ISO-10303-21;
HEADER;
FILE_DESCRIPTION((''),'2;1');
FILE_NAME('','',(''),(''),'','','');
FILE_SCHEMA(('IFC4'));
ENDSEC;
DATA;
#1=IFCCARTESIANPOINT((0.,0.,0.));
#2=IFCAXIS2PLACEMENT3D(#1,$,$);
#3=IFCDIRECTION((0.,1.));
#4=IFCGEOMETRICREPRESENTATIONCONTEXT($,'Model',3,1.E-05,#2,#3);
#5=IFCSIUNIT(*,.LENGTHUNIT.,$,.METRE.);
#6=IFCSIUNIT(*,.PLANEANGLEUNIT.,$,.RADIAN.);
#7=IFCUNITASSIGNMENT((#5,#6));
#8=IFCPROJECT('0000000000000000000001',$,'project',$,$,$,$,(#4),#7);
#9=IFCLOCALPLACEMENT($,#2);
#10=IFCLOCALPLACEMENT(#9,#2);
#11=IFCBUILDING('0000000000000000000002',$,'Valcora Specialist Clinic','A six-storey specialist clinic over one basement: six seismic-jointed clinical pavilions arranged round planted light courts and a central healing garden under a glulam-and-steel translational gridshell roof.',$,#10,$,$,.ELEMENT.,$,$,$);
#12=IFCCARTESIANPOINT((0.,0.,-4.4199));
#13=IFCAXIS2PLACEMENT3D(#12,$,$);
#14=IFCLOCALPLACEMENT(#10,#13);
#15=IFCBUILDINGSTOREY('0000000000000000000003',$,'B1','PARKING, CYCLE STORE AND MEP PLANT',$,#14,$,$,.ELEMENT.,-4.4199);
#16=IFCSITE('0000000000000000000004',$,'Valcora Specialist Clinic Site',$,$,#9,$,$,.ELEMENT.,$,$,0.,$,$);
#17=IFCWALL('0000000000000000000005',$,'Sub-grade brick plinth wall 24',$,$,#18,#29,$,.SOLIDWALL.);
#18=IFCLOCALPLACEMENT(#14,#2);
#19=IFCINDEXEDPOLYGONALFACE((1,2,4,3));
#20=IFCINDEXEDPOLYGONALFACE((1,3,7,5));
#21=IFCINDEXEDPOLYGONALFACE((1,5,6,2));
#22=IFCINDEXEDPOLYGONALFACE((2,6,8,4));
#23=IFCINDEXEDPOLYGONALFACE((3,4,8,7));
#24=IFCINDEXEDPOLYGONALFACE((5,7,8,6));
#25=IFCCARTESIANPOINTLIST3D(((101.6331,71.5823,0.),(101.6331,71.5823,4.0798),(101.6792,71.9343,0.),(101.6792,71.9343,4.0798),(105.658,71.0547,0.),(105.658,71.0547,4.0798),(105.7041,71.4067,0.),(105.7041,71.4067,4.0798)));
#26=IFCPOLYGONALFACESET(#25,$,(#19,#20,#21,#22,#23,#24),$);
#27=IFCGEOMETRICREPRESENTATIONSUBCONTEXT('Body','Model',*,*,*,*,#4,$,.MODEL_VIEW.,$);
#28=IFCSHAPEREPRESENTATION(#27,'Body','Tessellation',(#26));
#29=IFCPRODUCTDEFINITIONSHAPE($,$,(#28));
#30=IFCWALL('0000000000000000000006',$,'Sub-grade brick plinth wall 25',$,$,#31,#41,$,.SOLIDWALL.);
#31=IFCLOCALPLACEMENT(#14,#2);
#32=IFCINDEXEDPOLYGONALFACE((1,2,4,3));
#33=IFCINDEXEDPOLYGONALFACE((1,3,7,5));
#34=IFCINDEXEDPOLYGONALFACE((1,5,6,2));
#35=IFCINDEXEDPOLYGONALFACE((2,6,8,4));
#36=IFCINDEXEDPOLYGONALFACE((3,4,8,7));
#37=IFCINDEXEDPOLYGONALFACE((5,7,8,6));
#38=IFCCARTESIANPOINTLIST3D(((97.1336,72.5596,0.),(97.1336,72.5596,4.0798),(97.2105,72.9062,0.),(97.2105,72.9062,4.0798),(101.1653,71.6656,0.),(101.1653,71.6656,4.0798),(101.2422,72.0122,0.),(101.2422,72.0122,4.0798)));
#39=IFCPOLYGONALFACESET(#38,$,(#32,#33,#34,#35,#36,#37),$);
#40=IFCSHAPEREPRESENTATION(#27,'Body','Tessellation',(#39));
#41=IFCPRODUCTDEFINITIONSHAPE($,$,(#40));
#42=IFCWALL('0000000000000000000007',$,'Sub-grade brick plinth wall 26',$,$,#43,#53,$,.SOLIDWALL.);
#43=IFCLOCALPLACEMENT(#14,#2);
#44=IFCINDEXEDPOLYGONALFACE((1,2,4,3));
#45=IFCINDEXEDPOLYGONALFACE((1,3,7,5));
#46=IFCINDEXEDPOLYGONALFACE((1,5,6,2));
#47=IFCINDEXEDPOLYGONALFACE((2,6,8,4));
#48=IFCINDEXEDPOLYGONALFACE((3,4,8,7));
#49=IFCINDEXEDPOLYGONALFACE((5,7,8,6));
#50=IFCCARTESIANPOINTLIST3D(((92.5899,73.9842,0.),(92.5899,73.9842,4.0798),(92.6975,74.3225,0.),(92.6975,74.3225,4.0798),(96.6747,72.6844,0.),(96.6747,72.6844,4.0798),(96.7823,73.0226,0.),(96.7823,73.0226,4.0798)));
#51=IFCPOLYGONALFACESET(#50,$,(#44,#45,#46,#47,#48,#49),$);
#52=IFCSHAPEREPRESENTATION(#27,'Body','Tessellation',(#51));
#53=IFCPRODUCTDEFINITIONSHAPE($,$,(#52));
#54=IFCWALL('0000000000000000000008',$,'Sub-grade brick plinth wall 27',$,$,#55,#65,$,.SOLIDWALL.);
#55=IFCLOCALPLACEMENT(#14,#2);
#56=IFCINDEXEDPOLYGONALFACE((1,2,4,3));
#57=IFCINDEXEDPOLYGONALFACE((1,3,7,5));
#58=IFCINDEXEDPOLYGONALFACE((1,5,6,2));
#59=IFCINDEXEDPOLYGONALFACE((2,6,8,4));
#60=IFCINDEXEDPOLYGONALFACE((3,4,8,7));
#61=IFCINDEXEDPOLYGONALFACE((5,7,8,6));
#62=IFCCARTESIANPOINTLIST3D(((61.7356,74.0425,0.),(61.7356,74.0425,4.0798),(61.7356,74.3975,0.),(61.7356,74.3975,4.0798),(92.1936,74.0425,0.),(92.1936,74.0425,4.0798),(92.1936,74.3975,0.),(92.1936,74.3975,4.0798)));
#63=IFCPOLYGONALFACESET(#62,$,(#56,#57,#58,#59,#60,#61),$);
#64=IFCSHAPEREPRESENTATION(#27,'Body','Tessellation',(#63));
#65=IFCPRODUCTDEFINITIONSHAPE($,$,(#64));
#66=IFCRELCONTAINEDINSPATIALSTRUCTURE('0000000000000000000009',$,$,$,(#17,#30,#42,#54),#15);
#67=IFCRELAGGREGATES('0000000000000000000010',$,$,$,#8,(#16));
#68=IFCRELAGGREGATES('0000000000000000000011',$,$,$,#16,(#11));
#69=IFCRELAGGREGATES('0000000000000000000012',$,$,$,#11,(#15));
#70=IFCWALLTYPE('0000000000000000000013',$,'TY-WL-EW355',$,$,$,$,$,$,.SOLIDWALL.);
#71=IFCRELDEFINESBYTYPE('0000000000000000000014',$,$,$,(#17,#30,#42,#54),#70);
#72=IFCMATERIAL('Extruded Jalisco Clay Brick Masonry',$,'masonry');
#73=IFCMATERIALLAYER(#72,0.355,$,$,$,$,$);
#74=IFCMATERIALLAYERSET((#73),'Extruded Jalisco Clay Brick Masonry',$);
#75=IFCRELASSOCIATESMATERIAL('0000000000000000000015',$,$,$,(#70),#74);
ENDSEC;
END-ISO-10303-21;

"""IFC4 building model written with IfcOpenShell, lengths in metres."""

from ifc_helpers import new_model, si_unit, direction, frame, frame_2d, origin, place, context, subcontext, project, spatial, rectangle, extrude, material, layer, layer_set, type_object, element, save


model = new_model("IFC4")

# Units and contexts
model_context = context("Model", 3, precision=1e-05, world=origin(), true_north=direction((0.0, 1.0)))
body_context = subcontext(model_context, "Body", "Model", "MODEL_VIEW")
ifc_project = project(units=[si_unit("LENGTHUNIT", "METRE"), si_unit("PLANEANGLEUNIT", "RADIAN")], contexts=[model_context])

# Site, building, storey
site_placement = place(None, origin())
site = spatial("IfcSite", under=ifc_project, at=site_placement, Name="Valcora Specialist Clinic Site", CompositionType="ELEMENT", RefElevation=0.0)
building_placement = place(site_placement, origin())
building = spatial("IfcBuilding", under=site, at=building_placement, Name="Valcora Specialist Clinic", Description="A six-storey specialist clinic over one basement: six seismic-jointed clinical pavilions arranged round planted light courts and a central healing garden under a glulam-and-steel translational gridshell roof.", CompositionType="ELEMENT")
storey_placement = place(building_placement, frame((0.0, 0.0, -4.4199)))
storey = spatial("IfcBuildingStorey", under=building, at=storey_placement, Name="B1", Description="PARKING, CYCLE STORE AND MEP PLANT", CompositionType="ELEMENT", Elevation=-4.4199)

# Walls
ifc_material_1 = material(Name="Extruded Jalisco Clay Brick Masonry", Category="masonry")
ifc_layer = layer(ifc_material_1, 0.355)
ifc_layer_set = layer_set([ifc_layer], Name="Extruded Jalisco Clay Brick Masonry")
wall_type = type_object("IfcWallType", Name="TY-WL-EW355", PredefinedType="SOLIDWALL", material=ifc_layer_set)
wall_1_placement = place(storey_placement, frame((105.6812, 71.2307, 0.0), z_axis=(0.0, 0.0, 1.0), x_axis=(-0.991518, 0.129969, 0.0)))
element("IfcWall", 1, at=wall_1_placement, inside=storey, type_object=wall_type, Name="Sub-grade brick plinth wall 24", PredefinedType="SOLIDWALL", context=body_context, shape_type="SweptSolid", body=[
    extrude(rectangle(XDim=4.0593, YDim=0.355, at=frame_2d((2.0298, 0.0))), origin(), (0.0, 0.0, 1.0), 4.0798),
])
wall_2_placement = place(storey_placement, frame((101.2039, 71.8389, 0.0), z_axis=(0.0, 0.0, 1.0), x_axis=(-0.976284, 0.216492, 0.0)))
element("IfcWall", 2, at=wall_2_placement, inside=storey, type_object=wall_type, Name="Sub-grade brick plinth wall 25", PredefinedType="SOLIDWALL", context=body_context, shape_type="SweptSolid", body=[
    extrude(rectangle(XDim=4.1296, YDim=0.355, at=frame_2d((2.0649, 0.0))), origin(), (0.0, 0.0, 1.0), 4.0798),
])
wall_3_placement = place(storey_placement, frame((96.7285, 72.8535, 0.0), z_axis=(0.0, 0.0, 1.0), x_axis=(-0.952918, 0.30323, 0.0)))
element("IfcWall", 3, at=wall_3_placement, inside=storey, type_object=wall_type, Name="Sub-grade brick plinth wall 26", PredefinedType="SOLIDWALL", context=body_context, shape_type="SweptSolid", body=[
    extrude(rectangle(XDim=4.2866, YDim=0.355, at=frame_2d((2.1433, 0.0))), origin(), (0.0, 0.0, 1.0), 4.0798),
])
wall_4_placement = place(storey_placement, frame((92.1936, 74.22, 0.0), z_axis=(0.0, 0.0, 1.0), x_axis=(-1.0, 0.0, 0.0)))
element("IfcWall", 4, at=wall_4_placement, inside=storey, type_object=wall_type, Name="Sub-grade brick plinth wall 27", PredefinedType="SOLIDWALL", context=body_context, shape_type="SweptSolid", body=[
    extrude(rectangle(XDim=30.458, YDim=0.355, at=frame_2d((15.229, 0.0))), origin(), (0.0, 0.0, 1.0), 4.0798),
])

save(model, "model.ifc")
